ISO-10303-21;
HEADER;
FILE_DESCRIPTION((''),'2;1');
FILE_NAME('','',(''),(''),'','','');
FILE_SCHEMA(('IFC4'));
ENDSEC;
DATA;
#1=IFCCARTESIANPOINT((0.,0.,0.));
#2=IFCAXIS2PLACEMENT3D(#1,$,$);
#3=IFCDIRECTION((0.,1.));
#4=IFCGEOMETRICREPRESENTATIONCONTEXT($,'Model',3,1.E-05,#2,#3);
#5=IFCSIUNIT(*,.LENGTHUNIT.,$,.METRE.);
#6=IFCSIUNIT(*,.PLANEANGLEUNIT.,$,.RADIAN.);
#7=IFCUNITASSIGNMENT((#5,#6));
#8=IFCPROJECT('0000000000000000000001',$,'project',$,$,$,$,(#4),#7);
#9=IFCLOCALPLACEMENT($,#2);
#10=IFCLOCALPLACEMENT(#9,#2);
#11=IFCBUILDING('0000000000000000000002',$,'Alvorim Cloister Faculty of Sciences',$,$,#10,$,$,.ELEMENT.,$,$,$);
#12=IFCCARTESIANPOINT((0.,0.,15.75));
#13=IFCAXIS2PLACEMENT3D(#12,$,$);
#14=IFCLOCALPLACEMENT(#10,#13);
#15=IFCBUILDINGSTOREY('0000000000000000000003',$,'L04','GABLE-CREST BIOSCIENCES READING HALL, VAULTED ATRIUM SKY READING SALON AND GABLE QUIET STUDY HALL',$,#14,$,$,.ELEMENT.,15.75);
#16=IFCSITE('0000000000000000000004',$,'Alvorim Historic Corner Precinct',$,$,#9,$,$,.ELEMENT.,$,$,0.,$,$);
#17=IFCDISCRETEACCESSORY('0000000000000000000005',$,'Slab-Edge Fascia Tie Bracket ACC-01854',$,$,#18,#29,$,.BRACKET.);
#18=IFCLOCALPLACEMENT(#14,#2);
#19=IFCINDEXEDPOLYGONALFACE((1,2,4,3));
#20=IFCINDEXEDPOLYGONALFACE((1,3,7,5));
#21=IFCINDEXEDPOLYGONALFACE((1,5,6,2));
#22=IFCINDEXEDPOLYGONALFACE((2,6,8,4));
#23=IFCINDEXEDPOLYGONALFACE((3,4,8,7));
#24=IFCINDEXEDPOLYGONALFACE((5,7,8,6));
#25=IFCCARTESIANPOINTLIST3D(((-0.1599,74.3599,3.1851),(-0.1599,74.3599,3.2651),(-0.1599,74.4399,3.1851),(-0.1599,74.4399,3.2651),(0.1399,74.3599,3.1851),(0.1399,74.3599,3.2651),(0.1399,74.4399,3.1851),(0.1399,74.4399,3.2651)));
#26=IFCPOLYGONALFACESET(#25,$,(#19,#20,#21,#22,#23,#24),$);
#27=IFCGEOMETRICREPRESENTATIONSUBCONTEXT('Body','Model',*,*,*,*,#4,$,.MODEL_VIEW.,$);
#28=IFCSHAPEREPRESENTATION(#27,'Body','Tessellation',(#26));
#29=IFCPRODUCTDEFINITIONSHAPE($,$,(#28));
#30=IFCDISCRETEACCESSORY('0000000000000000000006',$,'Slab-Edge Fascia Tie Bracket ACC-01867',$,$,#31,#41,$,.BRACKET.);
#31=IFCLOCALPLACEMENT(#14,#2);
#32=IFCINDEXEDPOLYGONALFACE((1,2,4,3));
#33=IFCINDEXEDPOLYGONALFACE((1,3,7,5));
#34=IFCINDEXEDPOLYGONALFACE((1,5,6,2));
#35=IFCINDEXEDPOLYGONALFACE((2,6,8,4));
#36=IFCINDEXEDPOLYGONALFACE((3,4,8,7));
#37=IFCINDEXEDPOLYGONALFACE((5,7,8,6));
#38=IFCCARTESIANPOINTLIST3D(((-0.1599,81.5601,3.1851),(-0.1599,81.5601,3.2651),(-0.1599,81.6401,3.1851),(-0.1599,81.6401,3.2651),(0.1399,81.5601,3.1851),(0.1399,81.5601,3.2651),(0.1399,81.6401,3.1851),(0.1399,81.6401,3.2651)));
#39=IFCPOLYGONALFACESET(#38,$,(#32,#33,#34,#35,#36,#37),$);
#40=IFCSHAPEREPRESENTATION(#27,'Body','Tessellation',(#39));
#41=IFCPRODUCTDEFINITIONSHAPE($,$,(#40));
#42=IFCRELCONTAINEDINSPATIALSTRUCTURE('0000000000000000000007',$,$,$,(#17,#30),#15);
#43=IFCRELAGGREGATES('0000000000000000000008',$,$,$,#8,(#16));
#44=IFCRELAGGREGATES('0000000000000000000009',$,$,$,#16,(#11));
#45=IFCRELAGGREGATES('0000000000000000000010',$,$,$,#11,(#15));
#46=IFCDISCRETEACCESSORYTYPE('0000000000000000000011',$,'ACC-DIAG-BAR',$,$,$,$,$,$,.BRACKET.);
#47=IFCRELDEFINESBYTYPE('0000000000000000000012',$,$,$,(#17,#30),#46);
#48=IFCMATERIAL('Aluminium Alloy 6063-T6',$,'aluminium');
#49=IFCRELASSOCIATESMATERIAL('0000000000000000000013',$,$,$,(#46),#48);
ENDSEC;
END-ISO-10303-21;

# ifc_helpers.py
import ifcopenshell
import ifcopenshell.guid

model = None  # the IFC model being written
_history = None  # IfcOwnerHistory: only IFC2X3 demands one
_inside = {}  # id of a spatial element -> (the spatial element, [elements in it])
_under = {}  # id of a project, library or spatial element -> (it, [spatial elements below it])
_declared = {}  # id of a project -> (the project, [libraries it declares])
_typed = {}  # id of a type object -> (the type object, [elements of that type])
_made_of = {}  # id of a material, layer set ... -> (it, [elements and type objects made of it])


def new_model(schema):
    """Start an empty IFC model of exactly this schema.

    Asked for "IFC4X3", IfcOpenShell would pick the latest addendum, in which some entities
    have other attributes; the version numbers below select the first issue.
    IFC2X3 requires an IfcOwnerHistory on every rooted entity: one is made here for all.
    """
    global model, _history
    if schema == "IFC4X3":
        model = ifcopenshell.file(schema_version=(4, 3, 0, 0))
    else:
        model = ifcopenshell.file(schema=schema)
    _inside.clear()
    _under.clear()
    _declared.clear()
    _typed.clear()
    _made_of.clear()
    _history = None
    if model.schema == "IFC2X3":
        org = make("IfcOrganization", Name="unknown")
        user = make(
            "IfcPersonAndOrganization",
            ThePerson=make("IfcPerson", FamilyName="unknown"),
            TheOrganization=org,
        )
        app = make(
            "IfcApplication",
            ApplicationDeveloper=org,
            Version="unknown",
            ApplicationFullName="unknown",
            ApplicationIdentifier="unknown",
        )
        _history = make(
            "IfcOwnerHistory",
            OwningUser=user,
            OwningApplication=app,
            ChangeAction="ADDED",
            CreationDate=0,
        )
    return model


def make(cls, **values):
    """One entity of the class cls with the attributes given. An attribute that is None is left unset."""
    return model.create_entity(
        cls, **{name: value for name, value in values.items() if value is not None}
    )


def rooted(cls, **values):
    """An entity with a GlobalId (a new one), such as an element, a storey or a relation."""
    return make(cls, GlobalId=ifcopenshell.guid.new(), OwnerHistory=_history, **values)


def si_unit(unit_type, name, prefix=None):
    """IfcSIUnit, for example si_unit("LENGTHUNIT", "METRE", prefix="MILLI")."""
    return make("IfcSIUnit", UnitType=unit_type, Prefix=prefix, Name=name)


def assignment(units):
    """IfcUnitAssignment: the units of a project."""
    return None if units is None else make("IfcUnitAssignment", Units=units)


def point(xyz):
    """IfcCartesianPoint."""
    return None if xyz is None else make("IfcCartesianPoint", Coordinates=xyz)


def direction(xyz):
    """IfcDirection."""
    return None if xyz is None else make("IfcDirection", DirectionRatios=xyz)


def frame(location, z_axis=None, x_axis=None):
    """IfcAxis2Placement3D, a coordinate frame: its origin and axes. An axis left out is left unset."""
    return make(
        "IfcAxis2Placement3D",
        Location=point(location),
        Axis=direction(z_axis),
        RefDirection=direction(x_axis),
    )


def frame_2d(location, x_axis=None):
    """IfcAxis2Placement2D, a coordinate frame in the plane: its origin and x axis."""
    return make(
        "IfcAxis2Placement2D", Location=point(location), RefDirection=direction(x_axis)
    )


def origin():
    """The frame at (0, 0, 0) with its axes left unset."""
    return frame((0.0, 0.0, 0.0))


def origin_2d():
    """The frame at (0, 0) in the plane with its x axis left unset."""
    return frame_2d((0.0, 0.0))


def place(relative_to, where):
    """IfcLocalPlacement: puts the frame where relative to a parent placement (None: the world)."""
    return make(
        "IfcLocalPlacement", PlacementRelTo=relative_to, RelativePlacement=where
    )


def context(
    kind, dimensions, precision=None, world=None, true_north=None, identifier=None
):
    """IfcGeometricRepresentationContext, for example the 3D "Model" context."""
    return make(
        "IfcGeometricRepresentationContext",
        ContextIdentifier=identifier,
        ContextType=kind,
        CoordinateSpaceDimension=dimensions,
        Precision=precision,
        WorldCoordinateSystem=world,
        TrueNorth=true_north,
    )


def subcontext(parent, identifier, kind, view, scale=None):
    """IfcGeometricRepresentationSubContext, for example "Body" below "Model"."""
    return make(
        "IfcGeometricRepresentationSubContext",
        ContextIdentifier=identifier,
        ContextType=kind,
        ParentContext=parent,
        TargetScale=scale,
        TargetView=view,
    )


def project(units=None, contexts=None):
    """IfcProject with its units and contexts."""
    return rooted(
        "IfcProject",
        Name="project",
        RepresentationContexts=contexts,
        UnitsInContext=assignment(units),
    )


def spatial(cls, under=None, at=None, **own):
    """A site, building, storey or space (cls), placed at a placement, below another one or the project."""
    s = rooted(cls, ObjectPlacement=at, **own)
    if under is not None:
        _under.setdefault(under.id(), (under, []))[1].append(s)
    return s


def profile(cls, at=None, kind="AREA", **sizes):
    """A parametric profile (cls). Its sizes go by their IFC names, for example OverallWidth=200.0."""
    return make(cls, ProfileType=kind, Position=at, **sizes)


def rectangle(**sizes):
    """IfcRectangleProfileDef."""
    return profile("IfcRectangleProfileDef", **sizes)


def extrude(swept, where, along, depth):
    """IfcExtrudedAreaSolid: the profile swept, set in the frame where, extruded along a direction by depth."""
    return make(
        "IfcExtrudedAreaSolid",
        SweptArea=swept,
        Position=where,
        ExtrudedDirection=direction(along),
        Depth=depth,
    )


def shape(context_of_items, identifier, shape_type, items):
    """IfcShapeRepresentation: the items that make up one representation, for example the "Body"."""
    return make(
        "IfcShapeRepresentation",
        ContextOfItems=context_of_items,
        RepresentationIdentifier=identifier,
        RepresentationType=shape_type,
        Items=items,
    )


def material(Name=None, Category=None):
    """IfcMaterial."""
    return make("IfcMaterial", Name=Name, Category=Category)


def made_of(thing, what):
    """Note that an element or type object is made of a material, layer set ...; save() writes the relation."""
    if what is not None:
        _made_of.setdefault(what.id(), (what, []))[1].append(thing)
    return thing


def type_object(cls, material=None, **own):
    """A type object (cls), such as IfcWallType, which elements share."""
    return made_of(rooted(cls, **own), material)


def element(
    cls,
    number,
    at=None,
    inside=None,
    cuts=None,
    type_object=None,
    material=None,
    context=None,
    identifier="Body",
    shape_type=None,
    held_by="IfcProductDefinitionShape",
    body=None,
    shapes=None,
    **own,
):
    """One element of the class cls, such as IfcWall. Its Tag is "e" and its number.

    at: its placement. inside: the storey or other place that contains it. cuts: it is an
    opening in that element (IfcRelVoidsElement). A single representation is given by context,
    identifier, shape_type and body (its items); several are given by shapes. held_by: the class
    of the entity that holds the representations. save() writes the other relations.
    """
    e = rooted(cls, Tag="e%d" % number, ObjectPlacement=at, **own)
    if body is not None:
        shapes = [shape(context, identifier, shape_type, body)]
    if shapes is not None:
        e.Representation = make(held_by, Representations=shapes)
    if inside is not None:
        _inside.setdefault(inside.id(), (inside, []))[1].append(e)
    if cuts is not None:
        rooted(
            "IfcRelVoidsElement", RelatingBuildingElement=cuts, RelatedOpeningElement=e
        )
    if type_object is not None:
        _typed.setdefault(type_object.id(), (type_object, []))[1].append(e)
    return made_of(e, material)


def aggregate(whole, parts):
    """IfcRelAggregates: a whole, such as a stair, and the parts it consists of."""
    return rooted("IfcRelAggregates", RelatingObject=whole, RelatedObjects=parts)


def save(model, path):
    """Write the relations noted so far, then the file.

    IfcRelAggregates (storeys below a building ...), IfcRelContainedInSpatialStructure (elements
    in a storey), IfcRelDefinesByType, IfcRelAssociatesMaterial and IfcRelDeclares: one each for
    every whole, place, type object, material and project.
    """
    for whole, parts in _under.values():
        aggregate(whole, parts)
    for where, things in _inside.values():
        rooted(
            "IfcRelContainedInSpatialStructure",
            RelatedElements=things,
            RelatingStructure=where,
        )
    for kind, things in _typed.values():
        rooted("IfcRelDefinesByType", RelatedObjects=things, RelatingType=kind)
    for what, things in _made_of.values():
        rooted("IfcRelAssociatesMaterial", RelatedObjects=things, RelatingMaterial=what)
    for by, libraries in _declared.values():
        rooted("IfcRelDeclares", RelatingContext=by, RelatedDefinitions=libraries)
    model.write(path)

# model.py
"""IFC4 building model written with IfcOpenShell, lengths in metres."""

from ifc_helpers import new_model, si_unit, direction, frame, origin, origin_2d, place, context, subcontext, project, spatial, rectangle, extrude, material, type_object, element, save


model = new_model("IFC4")

# Units and contexts
model_context = context("Model", 3, precision=1e-05, world=origin(), true_north=direction((0.0, 1.0)))
body_context = subcontext(model_context, "Body", "Model", "MODEL_VIEW")
ifc_project = project(units=[si_unit("LENGTHUNIT", "METRE"), si_unit("PLANEANGLEUNIT", "RADIAN")], contexts=[model_context])

# Site, building, storey
site_placement = place(None, origin())
site = spatial("IfcSite", under=ifc_project, at=site_placement, Name="Alvorim Historic Corner Precinct", CompositionType="ELEMENT", RefElevation=0.0)
building_placement = place(site_placement, origin())
building = spatial("IfcBuilding", under=site, at=building_placement, Name="Alvorim Cloister Faculty of Sciences", CompositionType="ELEMENT")
storey_placement = place(building_placement, frame((0.0, 0.0, 15.75)))
storey = spatial("IfcBuildingStorey", under=building, at=storey_placement, Name="L04", Description="GABLE-CREST BIOSCIENCES READING HALL, VAULTED ATRIUM SKY READING SALON AND GABLE QUIET STUDY HALL", CompositionType="ELEMENT", Elevation=15.75)

# Shared definitions
ifc_material_1 = material(Name="Aluminium Alloy 6063-T6", Category="aluminium")

# Discrete accessories
discrete_accessory_type = type_object("IfcDiscreteAccessoryType", Name="ACC-DIAG-BAR", PredefinedType="BRACKET", material=ifc_material_1)
for number, where, z_axis, x_axis, name in (
    (1, (0.1399, 74.3999, 3.2251), (-1.0, 0.0, 0.0), (0.0, -1.0, 0.0), "Slab-Edge Fascia Tie Bracket ACC-01854"),
    (2, (0.1399, 81.6001, 3.2251), (-1.0, 0.0, 0.0), (0.0, -1.0, 0.0), "Slab-Edge Fascia Tie Bracket ACC-01867"),
):
    element("IfcDiscreteAccessory", number, at=place(storey_placement, frame(where, z_axis=z_axis, x_axis=x_axis)), inside=storey, type_object=discrete_accessory_type, Name=name, PredefinedType="BRACKET", context=body_context, shape_type="SweptSolid", body=[
        extrude(rectangle(XDim=0.0801, YDim=0.0801, at=origin_2d()), origin(), (0.0, 0.0, 1.0), 0.2998),
    ])

save(model, "model.ifc")
